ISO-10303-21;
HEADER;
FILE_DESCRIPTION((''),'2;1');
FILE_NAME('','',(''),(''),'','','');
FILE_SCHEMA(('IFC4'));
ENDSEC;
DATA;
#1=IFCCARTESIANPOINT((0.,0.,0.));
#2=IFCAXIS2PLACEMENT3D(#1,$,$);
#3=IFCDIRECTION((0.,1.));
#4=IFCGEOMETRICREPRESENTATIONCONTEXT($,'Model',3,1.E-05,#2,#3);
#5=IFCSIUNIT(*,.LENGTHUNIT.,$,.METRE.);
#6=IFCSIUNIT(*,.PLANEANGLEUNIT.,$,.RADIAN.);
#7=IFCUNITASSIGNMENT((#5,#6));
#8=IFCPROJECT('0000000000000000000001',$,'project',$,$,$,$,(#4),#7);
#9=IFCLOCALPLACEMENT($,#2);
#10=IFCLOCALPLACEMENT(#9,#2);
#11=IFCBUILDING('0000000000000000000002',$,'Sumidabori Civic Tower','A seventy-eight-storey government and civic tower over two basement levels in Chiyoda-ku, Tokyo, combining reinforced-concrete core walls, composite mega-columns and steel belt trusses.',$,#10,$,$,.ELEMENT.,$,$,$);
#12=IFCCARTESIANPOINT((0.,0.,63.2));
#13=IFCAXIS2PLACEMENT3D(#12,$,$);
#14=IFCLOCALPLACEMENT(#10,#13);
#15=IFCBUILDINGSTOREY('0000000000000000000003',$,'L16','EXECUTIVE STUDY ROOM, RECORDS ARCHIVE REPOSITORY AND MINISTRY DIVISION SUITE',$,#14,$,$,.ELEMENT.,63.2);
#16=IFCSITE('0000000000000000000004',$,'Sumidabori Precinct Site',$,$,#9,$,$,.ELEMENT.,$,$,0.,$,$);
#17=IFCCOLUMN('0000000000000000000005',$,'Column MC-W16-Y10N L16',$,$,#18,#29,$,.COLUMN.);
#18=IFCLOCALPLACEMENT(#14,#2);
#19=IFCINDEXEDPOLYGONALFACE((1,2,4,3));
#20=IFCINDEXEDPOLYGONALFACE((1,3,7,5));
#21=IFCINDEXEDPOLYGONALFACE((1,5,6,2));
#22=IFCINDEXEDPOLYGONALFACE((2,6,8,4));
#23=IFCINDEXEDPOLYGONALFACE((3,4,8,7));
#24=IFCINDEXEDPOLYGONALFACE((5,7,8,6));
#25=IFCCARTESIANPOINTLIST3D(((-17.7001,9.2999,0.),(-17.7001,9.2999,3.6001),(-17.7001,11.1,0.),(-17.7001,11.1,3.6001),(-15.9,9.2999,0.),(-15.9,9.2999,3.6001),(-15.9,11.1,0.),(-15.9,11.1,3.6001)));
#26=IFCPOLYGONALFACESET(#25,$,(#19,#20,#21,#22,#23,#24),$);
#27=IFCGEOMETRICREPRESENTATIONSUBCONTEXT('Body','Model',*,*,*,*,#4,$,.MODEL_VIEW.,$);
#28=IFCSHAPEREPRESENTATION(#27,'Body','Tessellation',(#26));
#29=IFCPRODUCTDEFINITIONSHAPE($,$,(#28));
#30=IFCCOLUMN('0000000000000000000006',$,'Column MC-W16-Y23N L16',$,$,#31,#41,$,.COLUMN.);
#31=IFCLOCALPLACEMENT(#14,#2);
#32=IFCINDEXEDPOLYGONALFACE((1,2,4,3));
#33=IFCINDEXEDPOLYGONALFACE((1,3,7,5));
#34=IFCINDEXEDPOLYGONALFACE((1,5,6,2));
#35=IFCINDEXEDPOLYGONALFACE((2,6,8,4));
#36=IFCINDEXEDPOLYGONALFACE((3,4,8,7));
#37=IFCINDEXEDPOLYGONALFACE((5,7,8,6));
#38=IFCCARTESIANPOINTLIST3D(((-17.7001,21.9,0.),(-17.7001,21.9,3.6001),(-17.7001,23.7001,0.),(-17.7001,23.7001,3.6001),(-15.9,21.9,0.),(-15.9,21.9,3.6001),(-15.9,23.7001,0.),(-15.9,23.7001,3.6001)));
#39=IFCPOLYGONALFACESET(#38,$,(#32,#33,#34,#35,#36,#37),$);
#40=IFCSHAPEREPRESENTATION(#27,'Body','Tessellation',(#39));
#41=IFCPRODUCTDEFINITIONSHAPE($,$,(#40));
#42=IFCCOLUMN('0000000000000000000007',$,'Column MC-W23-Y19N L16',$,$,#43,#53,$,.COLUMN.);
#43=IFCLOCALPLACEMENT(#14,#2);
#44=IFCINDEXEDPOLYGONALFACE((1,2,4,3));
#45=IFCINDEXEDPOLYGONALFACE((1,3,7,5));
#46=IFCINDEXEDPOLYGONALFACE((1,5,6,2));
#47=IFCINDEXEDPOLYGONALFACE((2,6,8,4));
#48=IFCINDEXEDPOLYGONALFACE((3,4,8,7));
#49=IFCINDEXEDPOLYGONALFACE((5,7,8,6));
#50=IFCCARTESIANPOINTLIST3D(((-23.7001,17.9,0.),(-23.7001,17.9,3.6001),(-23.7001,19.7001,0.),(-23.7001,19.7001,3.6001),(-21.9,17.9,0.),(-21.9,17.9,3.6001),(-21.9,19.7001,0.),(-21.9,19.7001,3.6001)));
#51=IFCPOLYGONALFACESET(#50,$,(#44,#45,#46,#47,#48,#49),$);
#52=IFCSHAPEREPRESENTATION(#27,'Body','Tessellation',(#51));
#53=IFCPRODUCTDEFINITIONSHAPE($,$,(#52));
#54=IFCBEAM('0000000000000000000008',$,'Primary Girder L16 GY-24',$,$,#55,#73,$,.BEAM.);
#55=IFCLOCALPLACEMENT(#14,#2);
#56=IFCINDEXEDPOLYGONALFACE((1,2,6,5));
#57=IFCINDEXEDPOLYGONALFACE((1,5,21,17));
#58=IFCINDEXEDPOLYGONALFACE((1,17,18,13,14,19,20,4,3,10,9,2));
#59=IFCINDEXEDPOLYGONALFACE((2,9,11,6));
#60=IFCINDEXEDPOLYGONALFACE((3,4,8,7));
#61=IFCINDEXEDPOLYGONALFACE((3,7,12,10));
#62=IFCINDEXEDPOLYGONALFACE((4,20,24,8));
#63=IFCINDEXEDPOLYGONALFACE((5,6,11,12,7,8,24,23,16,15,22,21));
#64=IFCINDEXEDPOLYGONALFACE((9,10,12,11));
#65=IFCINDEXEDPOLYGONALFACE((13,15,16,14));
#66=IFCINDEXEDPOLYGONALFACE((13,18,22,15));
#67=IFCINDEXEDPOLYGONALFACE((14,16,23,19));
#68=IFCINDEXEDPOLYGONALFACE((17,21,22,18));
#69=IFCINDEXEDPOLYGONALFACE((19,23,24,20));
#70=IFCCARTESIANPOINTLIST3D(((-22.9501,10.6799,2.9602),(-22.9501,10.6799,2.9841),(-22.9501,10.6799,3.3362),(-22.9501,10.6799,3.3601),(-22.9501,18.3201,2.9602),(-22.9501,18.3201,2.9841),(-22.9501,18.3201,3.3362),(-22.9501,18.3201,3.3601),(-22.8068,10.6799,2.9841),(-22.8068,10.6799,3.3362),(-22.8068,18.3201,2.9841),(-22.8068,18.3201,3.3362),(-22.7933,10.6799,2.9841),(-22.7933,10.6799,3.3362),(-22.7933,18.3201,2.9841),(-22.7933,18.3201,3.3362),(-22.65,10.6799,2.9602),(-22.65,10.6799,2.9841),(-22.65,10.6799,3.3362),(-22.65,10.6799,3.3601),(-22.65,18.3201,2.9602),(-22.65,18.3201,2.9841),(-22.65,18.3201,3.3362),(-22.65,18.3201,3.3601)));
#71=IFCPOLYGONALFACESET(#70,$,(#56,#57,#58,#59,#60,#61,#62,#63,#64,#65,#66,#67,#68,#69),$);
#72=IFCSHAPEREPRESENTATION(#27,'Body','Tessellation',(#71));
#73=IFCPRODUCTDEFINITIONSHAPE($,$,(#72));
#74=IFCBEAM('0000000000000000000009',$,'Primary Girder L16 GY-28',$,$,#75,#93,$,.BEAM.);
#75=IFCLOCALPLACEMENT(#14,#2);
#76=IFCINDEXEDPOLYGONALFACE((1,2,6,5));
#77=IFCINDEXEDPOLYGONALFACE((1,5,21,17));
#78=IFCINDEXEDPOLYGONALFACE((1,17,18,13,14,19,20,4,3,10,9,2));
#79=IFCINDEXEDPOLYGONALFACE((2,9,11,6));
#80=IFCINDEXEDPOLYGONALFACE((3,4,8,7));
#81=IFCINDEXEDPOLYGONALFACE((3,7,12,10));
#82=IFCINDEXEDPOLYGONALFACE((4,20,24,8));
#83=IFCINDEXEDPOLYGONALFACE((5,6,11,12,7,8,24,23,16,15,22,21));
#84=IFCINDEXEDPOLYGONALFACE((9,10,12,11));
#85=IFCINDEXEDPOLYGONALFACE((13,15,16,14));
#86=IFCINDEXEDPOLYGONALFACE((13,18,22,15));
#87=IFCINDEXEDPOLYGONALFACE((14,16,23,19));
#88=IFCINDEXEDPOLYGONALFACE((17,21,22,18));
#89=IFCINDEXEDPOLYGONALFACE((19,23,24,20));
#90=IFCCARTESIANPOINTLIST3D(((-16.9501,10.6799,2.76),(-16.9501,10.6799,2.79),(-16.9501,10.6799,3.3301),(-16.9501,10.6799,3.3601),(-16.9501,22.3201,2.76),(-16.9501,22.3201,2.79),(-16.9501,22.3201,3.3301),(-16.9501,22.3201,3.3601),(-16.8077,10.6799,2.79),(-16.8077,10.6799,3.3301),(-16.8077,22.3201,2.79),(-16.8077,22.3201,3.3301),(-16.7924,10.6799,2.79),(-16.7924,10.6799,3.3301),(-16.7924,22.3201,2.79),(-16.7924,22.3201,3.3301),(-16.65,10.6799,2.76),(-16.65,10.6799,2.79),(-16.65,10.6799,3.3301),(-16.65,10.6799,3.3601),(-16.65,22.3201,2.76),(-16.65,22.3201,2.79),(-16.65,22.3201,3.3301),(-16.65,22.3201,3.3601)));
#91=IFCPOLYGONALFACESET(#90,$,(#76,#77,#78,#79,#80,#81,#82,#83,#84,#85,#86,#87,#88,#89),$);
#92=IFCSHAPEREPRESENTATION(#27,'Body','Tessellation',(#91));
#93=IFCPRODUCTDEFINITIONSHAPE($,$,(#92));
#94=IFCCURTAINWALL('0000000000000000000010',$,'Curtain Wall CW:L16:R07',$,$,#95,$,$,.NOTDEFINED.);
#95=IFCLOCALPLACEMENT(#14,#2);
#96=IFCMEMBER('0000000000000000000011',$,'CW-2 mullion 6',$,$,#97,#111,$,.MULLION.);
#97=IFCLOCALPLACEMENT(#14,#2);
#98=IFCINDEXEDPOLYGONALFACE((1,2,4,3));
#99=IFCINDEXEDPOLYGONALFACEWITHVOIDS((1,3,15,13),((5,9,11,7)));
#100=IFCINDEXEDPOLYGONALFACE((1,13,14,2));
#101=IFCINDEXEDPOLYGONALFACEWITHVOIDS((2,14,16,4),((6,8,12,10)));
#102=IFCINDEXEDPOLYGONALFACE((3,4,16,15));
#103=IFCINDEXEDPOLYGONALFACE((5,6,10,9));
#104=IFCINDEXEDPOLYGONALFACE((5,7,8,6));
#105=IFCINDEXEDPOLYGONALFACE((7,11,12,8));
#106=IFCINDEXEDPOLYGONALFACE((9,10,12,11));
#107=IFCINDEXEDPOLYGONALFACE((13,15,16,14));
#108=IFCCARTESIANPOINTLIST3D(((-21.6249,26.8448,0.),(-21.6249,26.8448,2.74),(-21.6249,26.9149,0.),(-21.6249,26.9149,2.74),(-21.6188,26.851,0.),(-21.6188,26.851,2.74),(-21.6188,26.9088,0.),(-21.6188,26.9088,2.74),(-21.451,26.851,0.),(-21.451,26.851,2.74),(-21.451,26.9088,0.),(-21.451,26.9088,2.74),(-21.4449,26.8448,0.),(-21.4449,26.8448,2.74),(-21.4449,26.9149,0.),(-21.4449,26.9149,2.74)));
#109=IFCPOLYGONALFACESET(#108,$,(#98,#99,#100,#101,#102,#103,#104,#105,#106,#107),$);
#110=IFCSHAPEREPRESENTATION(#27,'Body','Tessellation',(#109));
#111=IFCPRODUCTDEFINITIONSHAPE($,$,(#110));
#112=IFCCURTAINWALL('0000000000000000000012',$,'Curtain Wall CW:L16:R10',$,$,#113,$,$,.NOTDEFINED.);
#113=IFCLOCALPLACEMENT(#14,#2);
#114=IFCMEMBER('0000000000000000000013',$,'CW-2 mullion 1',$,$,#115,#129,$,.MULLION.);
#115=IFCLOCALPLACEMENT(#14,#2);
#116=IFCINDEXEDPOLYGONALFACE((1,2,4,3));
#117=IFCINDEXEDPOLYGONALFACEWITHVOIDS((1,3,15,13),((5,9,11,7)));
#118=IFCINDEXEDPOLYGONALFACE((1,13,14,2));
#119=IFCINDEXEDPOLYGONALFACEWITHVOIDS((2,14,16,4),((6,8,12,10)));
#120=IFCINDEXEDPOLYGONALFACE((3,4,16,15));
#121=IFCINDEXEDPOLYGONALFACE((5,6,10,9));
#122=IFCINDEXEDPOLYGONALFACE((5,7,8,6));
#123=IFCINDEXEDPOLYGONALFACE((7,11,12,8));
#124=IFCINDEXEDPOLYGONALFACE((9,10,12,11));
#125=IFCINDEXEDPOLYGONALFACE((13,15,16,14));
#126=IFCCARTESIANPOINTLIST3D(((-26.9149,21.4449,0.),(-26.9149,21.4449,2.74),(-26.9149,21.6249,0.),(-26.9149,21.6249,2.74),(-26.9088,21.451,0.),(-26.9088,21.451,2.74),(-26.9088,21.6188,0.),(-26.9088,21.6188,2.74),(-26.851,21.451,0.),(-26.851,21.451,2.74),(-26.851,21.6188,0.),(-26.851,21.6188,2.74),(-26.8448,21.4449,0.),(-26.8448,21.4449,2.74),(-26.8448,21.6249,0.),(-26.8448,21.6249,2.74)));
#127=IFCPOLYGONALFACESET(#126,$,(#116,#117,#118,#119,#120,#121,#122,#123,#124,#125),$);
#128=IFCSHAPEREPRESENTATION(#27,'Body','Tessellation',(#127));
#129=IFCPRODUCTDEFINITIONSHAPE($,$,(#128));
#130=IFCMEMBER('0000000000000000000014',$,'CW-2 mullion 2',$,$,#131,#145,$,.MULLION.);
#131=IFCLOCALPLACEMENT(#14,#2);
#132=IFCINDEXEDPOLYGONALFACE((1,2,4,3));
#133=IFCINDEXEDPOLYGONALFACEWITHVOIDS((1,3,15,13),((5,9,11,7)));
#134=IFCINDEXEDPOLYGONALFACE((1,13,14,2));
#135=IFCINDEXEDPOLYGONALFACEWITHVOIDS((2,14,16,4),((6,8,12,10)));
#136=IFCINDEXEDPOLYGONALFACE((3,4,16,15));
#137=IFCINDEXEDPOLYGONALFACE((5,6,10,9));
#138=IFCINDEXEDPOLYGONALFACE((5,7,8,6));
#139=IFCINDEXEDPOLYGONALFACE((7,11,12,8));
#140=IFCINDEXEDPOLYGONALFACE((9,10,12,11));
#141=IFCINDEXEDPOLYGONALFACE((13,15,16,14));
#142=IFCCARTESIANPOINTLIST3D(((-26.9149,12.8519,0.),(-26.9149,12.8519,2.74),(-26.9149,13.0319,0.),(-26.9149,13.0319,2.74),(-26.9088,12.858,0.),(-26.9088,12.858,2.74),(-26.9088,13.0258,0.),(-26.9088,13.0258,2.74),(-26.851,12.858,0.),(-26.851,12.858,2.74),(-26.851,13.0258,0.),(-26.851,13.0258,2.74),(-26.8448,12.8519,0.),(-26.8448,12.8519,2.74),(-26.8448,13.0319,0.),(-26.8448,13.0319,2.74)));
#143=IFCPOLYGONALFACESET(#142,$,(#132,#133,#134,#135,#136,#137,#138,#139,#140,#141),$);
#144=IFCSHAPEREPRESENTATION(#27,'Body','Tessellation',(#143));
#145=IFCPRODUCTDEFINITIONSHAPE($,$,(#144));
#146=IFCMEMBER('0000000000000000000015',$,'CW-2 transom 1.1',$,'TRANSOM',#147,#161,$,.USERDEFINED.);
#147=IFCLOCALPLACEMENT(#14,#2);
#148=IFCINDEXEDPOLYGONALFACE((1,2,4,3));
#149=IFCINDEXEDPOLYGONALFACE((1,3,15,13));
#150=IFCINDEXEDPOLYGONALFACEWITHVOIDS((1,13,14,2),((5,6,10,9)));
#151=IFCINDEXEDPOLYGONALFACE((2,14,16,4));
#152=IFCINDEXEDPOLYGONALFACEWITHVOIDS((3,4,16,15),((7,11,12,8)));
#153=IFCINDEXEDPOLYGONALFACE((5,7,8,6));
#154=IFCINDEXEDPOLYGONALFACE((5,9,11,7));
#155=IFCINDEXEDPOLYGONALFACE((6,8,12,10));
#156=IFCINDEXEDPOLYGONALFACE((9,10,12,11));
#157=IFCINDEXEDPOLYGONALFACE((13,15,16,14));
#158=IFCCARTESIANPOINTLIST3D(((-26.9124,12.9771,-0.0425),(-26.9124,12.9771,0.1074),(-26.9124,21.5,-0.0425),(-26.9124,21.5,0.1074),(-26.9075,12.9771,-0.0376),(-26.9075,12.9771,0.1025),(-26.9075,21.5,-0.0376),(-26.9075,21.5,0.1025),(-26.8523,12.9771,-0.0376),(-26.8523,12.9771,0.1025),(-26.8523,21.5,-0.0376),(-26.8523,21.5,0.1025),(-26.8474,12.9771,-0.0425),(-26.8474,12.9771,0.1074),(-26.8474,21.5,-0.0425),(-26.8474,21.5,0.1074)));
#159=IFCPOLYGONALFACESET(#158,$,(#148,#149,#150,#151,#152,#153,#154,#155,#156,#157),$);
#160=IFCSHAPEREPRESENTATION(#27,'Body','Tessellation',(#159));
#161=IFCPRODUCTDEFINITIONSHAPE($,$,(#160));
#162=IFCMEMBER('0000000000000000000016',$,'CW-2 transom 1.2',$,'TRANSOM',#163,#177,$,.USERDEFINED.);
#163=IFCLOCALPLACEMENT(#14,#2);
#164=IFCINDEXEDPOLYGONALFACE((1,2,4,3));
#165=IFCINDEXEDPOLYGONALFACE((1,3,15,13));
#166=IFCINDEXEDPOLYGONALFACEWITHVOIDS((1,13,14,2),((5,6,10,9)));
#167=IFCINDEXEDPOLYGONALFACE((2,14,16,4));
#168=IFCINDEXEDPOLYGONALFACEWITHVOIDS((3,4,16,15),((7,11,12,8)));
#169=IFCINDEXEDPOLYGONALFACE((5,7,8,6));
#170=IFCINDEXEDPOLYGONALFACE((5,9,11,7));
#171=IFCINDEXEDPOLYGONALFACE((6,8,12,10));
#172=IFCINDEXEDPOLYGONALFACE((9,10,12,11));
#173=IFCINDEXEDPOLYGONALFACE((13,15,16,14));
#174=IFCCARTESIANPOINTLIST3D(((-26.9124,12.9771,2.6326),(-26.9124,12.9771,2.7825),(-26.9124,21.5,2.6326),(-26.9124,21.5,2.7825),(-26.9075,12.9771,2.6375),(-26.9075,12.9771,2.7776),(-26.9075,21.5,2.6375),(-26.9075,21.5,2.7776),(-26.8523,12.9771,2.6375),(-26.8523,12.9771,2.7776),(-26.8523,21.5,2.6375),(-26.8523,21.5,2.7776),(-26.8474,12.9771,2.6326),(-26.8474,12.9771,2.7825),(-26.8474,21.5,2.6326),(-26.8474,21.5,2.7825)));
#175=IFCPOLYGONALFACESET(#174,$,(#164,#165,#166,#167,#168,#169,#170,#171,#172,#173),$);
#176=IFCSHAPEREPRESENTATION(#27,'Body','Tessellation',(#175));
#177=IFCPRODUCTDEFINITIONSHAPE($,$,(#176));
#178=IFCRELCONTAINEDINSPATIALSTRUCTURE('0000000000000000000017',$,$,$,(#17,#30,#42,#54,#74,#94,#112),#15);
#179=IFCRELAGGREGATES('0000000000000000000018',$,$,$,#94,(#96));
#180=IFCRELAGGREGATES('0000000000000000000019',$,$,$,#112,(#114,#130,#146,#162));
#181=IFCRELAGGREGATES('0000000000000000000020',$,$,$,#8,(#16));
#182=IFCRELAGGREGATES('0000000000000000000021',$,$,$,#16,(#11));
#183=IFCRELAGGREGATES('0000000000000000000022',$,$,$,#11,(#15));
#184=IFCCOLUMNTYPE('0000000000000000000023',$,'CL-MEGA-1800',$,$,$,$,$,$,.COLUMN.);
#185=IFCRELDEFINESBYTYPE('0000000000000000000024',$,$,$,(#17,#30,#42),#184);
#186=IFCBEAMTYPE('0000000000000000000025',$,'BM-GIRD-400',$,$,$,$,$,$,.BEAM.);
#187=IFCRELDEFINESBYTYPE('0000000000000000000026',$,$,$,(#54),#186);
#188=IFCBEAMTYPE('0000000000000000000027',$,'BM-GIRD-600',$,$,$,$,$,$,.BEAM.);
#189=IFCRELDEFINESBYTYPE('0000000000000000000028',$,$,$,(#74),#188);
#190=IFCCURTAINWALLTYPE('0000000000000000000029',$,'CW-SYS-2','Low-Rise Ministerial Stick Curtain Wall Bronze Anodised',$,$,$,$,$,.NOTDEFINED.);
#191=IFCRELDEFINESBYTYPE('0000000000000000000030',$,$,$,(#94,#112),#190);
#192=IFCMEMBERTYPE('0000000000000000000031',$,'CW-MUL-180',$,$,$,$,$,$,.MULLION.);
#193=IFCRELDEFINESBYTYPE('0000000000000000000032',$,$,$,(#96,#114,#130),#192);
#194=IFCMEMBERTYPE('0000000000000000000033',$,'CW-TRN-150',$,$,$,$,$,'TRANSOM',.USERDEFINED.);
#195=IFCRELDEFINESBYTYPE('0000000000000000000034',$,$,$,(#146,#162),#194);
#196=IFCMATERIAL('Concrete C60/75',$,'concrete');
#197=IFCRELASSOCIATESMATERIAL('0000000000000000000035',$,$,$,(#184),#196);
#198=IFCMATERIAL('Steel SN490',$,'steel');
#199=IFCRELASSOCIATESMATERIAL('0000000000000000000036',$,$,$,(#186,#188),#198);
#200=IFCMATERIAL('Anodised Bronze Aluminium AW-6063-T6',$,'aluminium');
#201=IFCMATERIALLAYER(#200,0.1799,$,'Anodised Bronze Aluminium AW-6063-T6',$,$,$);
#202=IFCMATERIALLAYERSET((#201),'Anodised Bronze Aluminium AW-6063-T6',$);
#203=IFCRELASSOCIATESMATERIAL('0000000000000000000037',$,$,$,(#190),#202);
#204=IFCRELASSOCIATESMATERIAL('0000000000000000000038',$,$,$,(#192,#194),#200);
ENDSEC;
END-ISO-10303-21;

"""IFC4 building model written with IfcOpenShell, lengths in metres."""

from ifc_helpers import new_model, si_unit, direction, frame, origin, origin_2d, place, context, subcontext, project, spatial, rectangle, hollow_rectangle, i_section, extrude, source, transform, mapped, material, layer, layer_set, material_profile, profile_set, type_object, element, aggregate, save


model = new_model("IFC4")

# Units and contexts
model_context = context("Model", 3, precision=1e-05, world=origin(), true_north=direction((0.0, 1.0)))
body_context = subcontext(model_context, "Body", "Model", "MODEL_VIEW")
ifc_project = project(units=[si_unit("LENGTHUNIT", "METRE"), si_unit("PLANEANGLEUNIT", "RADIAN")], contexts=[model_context])

# Site, building, storey
site_placement = place(None, origin())
site = spatial("IfcSite", under=ifc_project, at=site_placement, Name="Sumidabori Precinct Site", CompositionType="ELEMENT", RefElevation=0.0)
building_placement = place(site_placement, origin())
building = spatial("IfcBuilding", under=site, at=building_placement, Name="Sumidabori Civic Tower", Description="A seventy-eight-storey government and civic tower over two basement levels in Chiyoda-ku, Tokyo, combining reinforced-concrete core walls, composite mega-columns and steel belt trusses.", CompositionType="ELEMENT")
storey_placement = place(building_placement, frame((0.0, 0.0, 63.2)))
storey = spatial("IfcBuildingStorey", under=building, at=storey_placement, Name="L16", Description="EXECUTIVE STUDY ROOM, RECORDS ARCHIVE REPOSITORY AND MINISTRY DIVISION SUITE", CompositionType="ELEMENT", Elevation=63.2)

# Columns
ifc_material_1 = material(Name="Concrete C60/75", Category="concrete")
ifc_material_profile_1 = material_profile(ifc_material_1, rectangle(XDim=1.8, YDim=1.8, at=origin_2d()), Name="RC 1800x1800")
ifc_profile_set_1 = profile_set([ifc_material_profile_1], Name="Concrete C60/75")
column_type = type_object("IfcColumnType", Name="CL-MEGA-1800", PredefinedType="COLUMN", material=ifc_profile_set_1)
shared_shape_1 = source(origin(), body_context, "Body", "SweptSolid", [
    extrude(rectangle(XDim=1.8, YDim=1.8, at=origin_2d()), origin(), (0.0, 0.0, 1.0), 3.6001),
])
for number, where, z_axis, x_axis, name in (
    (1, (-16.8, 10.2, 0.0), (0.0, 0.0, 1.0), (1.0, 0.0, 0.0), "Column MC-W16-Y10N L16"),
    (2, (-16.8, 22.8, 0.0), (0.0, 0.0, 1.0), (1.0, 0.0, 0.0), "Column MC-W16-Y23N L16"),
    (3, (-22.8, 18.8, 0.0), (0.0, 0.0, 1.0), (1.0, 0.0, 0.0), "Column MC-W23-Y19N L16"),
):
    element("IfcColumn", number, at=place(storey_placement, frame(where, z_axis=z_axis, x_axis=x_axis)), inside=storey, type_object=column_type, Name=name, PredefinedType="COLUMN", context=body_context, shape_type="MappedRepresentation", body=[
        mapped(shared_shape_1, transform((0.0, 0.0, 0.0), x_axis=(1.0, 0.0, 0.0), y_axis=(0.0, 1.0, 0.0), z_axis=(0.0, 0.0, 1.0), scale=1.0)),
    ])

# Beams
ifc_material_2 = material(Name="Steel SN490", Category="steel")
ifc_material_profile_2 = material_profile(ifc_material_2, i_section(OverallWidth=0.3, OverallDepth=0.3999, WebThickness=0.0134, FlangeThickness=0.0239, at=origin_2d()), Name="HE 400 B")
ifc_profile_set_2 = profile_set([ifc_material_profile_2], Name="Steel SN490")
beam_type_1 = type_object("IfcBeamType", Name="BM-GIRD-400", PredefinedType="BEAM", material=ifc_profile_set_2)
shared_shape_2 = source(origin(), body_context, "Body", "SweptSolid", [
    extrude(i_section(OverallWidth=0.3, OverallDepth=0.3999, WebThickness=0.0134, FlangeThickness=0.0239, at=origin_2d()), origin(), (0.0, 0.0, 1.0), 7.6401),
])
beam_1_placement = place(storey_placement, frame((-22.8, 10.6799, 3.1602), z_axis=(0.0, 1.0, 0.0), x_axis=(-1.0, 0.0, 0.0)))
element("IfcBeam", 4, at=beam_1_placement, inside=storey, type_object=beam_type_1, Name="Primary Girder L16 GY-24", PredefinedType="BEAM", context=body_context, shape_type="MappedRepresentation", body=[
    mapped(shared_shape_2, transform((0.0, 0.0, 0.0), x_axis=(1.0, 0.0, 0.0), y_axis=(0.0, 1.0, 0.0), z_axis=(0.0, 0.0, 1.0), scale=1.0)),
])
ifc_material_profile_3 = material_profile(ifc_material_2, i_section(OverallWidth=0.3, OverallDepth=0.6001, WebThickness=0.0154, FlangeThickness=0.03, at=origin_2d()), Name="HE 600 B")
ifc_profile_set_3 = profile_set([ifc_material_profile_3], Name="Steel SN490")
beam_type_2 = type_object("IfcBeamType", Name="BM-GIRD-600", PredefinedType="BEAM", material=ifc_profile_set_3)
shared_shape_3 = source(origin(), body_context, "Body", "SweptSolid", [
    extrude(i_section(OverallWidth=0.3, OverallDepth=0.6001, WebThickness=0.0154, FlangeThickness=0.03, at=origin_2d()), origin(), (0.0, 0.0, 1.0), 11.6401),
])
beam_2_placement = place(storey_placement, frame((-16.8, 10.6799, 3.0601), z_axis=(0.0, 1.0, 0.0), x_axis=(-1.0, 0.0, 0.0)))
element("IfcBeam", 5, at=beam_2_placement, inside=storey, type_object=beam_type_2, Name="Primary Girder L16 GY-28", PredefinedType="BEAM", context=body_context, shape_type="MappedRepresentation", body=[
    mapped(shared_shape_3, transform((0.0, 0.0, 0.0), x_axis=(1.0, 0.0, 0.0), y_axis=(0.0, 1.0, 0.0), z_axis=(0.0, 0.0, 1.0), scale=1.0)),
])

# Curtain wall, member
ifc_material_3 = material(Name="Anodised Bronze Aluminium AW-6063-T6", Category="aluminium")
ifc_layer_1 = layer(ifc_material_3, 0.1799, Name="Anodised Bronze Aluminium AW-6063-T6")
ifc_layer_set_1 = layer_set([ifc_layer_1], Name="Anodised Bronze Aluminium AW-6063-T6")
curtain_wall_type = type_object("IfcCurtainWallType", Name="CW-SYS-2", Description="Low-Rise Ministerial Stick Curtain Wall Bronze Anodised", PredefinedType="NOTDEFINED", material=ifc_layer_set_1)
curtain_wall_1_placement = place(storey_placement, origin())
curtain_wall_1 = element("IfcCurtainWall", 6, at=curtain_wall_1_placement, inside=storey, type_object=curtain_wall_type, Name="Curtain Wall CW:L16:R07", PredefinedType="NOTDEFINED")
ifc_material_profile_4 = material_profile(ifc_material_3, hollow_rectangle(XDim=0.0701, YDim=0.1799, WallThickness=0.0061, at=origin_2d()), Name="ALU MULLION 180x70")
ifc_profile_set_4 = profile_set([ifc_material_profile_4], Name="Anodised Bronze Aluminium AW-6063-T6")
member_type_1 = type_object("IfcMemberType", Name="CW-MUL-180", PredefinedType="MULLION", material=ifc_profile_set_4)
shared_shape_4 = source(origin(), body_context, "Body", "SweptSolid", [
    extrude(hollow_rectangle(XDim=0.0701, YDim=0.1799, WallThickness=0.0061, at=origin_2d()), origin(), (0.0, 0.0, 1.0), 2.74),
])
member_1_placement = place(storey_placement, frame((-21.5349, 26.8799, 0.0), z_axis=(0.0, 0.0, 1.0), x_axis=(0.0, -1.0, 0.0)))
member_1 = element("IfcMember", 7, at=member_1_placement, type_object=member_type_1, Name="CW-2 mullion 6", PredefinedType="MULLION", context=body_context, shape_type="MappedRepresentation", body=[
    mapped(shared_shape_4, transform((0.0, 0.0, 0.0), x_axis=(1.0, 0.0, 0.0), y_axis=(0.0, 1.0, 0.0), z_axis=(0.0, 0.0, 1.0), scale=1.0)),
])

# Curtain wall, members
curtain_wall_2_placement = place(storey_placement, origin())
curtain_wall_2 = element("IfcCurtainWall", 8, at=curtain_wall_2_placement, inside=storey, type_object=curtain_wall_type, Name="Curtain Wall CW:L16:R10", PredefinedType="NOTDEFINED")
member_2_placement = place(storey_placement, frame((-26.8799, 21.5349, 0.0), z_axis=(0.0, 0.0, 1.0), x_axis=(1.0, 0.0, 0.0)))
member_2 = element("IfcMember", 9, at=member_2_placement, type_object=member_type_1, Name="CW-2 mullion 1", PredefinedType="MULLION", context=body_context, shape_type="MappedRepresentation", body=[
    mapped(shared_shape_4, transform((0.0, 0.0, 0.0), x_axis=(1.0, 0.0, 0.0), y_axis=(0.0, 1.0, 0.0), z_axis=(0.0, 0.0, 1.0), scale=1.0)),
])
member_3_placement = place(storey_placement, frame((-26.8799, 12.9419, 0.0), z_axis=(0.0, 0.0, 1.0), x_axis=(1.0, 0.0, 0.0)))
member_3 = element("IfcMember", 10, at=member_3_placement, type_object=member_type_1, Name="CW-2 mullion 2", PredefinedType="MULLION", context=body_context, shape_type="MappedRepresentation", body=[
    mapped(shared_shape_4, transform((0.0, 0.0, 0.0), x_axis=(1.0, 0.0, 0.0), y_axis=(0.0, 1.0, 0.0), z_axis=(0.0, 0.0, 1.0), scale=1.0)),
])
ifc_material_profile_5 = material_profile(ifc_material_3, hollow_rectangle(XDim=0.0649, YDim=0.1499, WallThickness=0.0049, at=origin_2d()), Name="ALU TRANSOM 150x65")
ifc_profile_set_5 = profile_set([ifc_material_profile_5], Name="Anodised Bronze Aluminium AW-6063-T6")
member_type_2 = type_object("IfcMemberType", Name="CW-TRN-150", ElementType="TRANSOM", PredefinedType="USERDEFINED", material=ifc_profile_set_5)
shared_shape_5 = source(origin(), body_context, "Body", "SweptSolid", [
    extrude(hollow_rectangle(XDim=0.0649, YDim=0.1499, WallThickness=0.0049, at=origin_2d()), origin(), (0.0, 0.0, 1.0), 8.5229),
])
member_4_placement = place(storey_placement, frame((-26.8799, 21.5, 0.0325), z_axis=(0.0, -1.0, 0.0), x_axis=(1.0, 0.0, 0.0)))
member_4 = element("IfcMember", 11, at=member_4_placement, type_object=member_type_2, Name="CW-2 transom 1.1", ObjectType="TRANSOM", PredefinedType="USERDEFINED", context=body_context, shape_type="MappedRepresentation", body=[
    mapped(shared_shape_5, transform((0.0, 0.0, 0.0), x_axis=(1.0, 0.0, 0.0), y_axis=(0.0, 1.0, 0.0), z_axis=(0.0, 0.0, 1.0), scale=1.0)),
])
member_5_placement = place(storey_placement, frame((-26.8799, 21.5, 2.7075), z_axis=(0.0, -1.0, 0.0), x_axis=(1.0, 0.0, 0.0)))
member_5 = element("IfcMember", 12, at=member_5_placement, type_object=member_type_2, Name="CW-2 transom 1.2", ObjectType="TRANSOM", PredefinedType="USERDEFINED", context=body_context, shape_type="MappedRepresentation", body=[
    mapped(shared_shape_5, transform((0.0, 0.0, 0.0), x_axis=(1.0, 0.0, 0.0), y_axis=(0.0, 1.0, 0.0), z_axis=(0.0, 0.0, 1.0), scale=1.0)),
])

aggregate(curtain_wall_1, [member_1])
aggregate(curtain_wall_2, [member_2, member_3, member_4, member_5])

save(model, "model.ifc")
